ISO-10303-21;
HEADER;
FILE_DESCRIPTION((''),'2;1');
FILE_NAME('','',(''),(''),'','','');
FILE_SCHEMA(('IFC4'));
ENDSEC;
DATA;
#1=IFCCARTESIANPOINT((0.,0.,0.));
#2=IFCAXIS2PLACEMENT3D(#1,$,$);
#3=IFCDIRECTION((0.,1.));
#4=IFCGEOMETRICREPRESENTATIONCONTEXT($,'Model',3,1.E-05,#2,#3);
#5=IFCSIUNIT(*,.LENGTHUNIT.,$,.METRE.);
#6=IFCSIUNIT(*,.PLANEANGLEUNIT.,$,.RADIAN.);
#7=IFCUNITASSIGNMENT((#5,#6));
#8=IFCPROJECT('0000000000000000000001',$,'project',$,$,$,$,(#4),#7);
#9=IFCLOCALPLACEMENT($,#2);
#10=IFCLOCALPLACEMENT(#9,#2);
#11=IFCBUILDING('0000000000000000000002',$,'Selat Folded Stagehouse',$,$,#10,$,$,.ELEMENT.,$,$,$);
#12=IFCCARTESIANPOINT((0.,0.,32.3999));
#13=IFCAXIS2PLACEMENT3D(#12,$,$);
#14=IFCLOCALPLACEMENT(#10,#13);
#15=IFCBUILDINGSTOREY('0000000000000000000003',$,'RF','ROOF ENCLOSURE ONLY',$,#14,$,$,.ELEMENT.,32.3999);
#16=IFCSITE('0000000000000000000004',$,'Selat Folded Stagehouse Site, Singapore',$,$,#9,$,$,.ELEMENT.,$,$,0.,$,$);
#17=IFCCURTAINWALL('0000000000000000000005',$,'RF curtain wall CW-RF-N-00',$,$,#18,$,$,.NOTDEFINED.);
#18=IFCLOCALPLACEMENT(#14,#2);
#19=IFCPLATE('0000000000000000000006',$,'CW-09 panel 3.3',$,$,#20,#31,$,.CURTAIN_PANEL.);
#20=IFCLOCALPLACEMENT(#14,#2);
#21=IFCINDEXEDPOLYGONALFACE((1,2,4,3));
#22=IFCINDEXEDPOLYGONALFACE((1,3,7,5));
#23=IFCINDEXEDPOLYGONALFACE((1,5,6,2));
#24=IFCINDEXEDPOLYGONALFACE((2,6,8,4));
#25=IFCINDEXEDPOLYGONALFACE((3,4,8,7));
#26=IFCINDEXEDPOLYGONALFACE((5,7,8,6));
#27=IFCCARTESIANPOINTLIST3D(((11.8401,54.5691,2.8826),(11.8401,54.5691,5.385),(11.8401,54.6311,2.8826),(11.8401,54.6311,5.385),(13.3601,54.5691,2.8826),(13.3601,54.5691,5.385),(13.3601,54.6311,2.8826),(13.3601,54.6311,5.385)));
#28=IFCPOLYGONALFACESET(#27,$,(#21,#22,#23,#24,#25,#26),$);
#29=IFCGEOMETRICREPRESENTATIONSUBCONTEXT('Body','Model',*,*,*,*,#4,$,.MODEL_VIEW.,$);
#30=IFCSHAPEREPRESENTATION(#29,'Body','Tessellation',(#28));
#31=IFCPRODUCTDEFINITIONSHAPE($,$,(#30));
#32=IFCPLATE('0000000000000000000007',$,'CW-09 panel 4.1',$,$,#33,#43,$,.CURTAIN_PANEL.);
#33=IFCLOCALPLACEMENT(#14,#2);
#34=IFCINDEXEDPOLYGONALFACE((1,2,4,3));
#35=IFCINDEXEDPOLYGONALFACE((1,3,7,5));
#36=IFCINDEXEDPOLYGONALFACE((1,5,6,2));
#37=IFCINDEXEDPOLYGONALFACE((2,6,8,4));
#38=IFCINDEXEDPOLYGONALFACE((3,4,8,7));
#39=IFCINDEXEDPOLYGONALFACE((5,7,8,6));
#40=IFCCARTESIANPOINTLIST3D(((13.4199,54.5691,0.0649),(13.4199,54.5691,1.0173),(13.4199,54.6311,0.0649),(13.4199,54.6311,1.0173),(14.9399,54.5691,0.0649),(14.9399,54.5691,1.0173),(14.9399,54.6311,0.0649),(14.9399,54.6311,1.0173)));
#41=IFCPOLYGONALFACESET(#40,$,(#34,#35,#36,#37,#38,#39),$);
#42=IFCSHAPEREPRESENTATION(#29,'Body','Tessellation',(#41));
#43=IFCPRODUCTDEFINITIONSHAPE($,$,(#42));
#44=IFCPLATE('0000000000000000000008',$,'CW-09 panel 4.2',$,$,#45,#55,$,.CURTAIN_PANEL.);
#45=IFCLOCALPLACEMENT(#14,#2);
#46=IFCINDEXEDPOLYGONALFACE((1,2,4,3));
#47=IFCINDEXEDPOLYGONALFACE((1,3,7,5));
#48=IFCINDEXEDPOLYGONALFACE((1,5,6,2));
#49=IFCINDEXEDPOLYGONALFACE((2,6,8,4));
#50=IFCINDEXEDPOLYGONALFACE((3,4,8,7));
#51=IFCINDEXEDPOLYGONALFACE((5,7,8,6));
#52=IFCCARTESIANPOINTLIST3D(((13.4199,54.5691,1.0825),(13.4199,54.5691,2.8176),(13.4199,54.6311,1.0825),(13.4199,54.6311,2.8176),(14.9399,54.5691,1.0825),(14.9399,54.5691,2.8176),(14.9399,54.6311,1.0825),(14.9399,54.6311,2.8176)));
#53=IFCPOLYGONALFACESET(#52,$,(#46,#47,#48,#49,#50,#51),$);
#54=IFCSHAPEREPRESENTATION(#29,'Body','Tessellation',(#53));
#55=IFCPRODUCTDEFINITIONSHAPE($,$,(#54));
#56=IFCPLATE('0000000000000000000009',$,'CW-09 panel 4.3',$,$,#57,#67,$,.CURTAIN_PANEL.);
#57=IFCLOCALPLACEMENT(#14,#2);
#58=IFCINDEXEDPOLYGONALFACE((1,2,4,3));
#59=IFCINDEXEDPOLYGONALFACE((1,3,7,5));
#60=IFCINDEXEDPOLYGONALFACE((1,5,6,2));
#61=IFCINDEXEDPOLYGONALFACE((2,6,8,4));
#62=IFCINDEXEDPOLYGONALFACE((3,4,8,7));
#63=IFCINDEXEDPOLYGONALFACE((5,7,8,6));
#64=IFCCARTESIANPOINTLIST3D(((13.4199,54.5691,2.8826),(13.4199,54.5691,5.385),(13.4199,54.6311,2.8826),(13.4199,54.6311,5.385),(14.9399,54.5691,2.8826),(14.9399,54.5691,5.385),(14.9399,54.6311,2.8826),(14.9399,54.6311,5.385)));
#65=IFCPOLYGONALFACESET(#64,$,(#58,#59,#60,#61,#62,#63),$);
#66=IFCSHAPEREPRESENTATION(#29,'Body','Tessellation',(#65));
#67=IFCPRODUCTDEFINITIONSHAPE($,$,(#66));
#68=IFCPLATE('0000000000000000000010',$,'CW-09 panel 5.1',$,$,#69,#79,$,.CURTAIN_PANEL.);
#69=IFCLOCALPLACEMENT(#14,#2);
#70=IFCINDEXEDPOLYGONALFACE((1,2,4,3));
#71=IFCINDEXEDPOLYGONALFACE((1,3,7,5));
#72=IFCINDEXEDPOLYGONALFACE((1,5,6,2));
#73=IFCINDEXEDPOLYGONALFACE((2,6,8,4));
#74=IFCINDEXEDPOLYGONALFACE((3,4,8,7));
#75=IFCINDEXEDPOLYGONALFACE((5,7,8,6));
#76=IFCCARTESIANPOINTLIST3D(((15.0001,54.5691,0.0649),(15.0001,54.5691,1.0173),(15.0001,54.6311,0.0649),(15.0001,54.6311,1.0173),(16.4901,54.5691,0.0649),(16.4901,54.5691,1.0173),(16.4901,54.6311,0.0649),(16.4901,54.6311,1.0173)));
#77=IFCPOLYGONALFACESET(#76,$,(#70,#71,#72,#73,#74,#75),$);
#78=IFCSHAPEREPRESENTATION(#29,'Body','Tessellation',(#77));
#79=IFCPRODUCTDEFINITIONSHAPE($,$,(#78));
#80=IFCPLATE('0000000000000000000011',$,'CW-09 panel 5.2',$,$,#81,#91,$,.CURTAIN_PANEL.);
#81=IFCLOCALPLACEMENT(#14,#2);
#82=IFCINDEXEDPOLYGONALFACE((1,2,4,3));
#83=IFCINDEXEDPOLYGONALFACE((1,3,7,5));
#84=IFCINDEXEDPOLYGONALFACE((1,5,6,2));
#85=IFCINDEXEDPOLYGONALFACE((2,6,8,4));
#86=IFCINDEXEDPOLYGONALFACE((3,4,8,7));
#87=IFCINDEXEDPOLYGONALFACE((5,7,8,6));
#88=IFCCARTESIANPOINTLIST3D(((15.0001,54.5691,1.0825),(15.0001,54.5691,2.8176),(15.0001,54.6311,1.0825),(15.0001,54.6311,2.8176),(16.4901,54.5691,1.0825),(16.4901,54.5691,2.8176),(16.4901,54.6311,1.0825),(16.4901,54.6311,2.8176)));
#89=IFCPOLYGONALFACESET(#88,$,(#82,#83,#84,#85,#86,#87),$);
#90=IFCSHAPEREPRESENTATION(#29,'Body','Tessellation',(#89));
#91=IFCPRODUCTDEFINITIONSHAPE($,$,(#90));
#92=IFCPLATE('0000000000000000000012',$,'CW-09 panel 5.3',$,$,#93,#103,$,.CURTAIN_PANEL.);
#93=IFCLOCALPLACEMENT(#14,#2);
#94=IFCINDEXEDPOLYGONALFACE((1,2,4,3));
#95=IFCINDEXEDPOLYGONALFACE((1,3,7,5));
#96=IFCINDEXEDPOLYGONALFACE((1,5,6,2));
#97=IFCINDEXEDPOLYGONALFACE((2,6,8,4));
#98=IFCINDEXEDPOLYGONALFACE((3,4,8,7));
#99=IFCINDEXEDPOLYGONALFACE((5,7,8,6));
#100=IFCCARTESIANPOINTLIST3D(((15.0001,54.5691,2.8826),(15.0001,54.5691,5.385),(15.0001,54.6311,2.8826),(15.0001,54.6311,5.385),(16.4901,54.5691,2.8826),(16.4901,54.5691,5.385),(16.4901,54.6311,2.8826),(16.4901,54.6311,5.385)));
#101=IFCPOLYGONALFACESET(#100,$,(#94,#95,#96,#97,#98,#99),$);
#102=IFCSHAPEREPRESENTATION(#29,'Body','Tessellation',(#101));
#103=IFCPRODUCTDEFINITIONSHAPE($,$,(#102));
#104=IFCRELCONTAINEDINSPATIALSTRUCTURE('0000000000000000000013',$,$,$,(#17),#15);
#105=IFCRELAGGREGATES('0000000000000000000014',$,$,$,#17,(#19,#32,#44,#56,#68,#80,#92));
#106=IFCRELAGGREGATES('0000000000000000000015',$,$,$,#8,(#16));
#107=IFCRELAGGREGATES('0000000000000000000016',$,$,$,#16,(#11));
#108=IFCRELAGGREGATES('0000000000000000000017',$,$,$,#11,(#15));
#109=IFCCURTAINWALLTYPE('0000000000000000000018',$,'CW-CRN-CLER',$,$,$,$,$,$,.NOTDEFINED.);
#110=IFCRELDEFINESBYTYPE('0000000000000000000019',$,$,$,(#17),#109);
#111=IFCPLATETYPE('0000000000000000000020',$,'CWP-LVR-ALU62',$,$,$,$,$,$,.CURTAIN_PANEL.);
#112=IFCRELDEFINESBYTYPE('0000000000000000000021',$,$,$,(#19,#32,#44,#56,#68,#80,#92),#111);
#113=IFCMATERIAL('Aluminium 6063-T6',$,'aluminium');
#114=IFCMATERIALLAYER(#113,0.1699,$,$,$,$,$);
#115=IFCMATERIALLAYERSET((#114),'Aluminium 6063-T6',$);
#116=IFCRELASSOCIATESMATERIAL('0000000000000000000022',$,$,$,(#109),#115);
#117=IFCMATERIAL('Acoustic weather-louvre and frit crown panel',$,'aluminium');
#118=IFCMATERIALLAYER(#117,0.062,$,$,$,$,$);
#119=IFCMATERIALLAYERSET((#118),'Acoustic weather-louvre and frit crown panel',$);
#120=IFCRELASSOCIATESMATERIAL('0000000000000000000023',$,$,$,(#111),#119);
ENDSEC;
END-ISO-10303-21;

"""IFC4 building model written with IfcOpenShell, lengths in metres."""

from ifc_helpers import new_model, si_unit, direction, frame, origin, origin_2d, place, context, subcontext, project, spatial, rectangle, extrude, material, layer, layer_set, type_object, element, aggregate, save


model = new_model("IFC4")

# Units and contexts
model_context = context("Model", 3, precision=1e-05, world=origin(), true_north=direction((0.0, 1.0)))
body_context = subcontext(model_context, "Body", "Model", "MODEL_VIEW")
ifc_project = project(units=[si_unit("LENGTHUNIT", "METRE"), si_unit("PLANEANGLEUNIT", "RADIAN")], contexts=[model_context])

# Site, building, storey
site_placement = place(None, origin())
site = spatial("IfcSite", under=ifc_project, at=site_placement, Name="Selat Folded Stagehouse Site, Singapore", CompositionType="ELEMENT", RefElevation=0.0)
building_placement = place(site_placement, origin())
building = spatial("IfcBuilding", under=site, at=building_placement, Name="Selat Folded Stagehouse", CompositionType="ELEMENT")
storey_placement = place(building_placement, frame((0.0, 0.0, 32.3999)))
storey = spatial("IfcBuildingStorey", under=building, at=storey_placement, Name="RF", Description="ROOF ENCLOSURE ONLY", CompositionType="ELEMENT", Elevation=32.3999)

# Curtain wall
ifc_material_1 = material(Name="Aluminium 6063-T6", Category="aluminium")
ifc_layer_1 = layer(ifc_material_1, 0.1699)
ifc_layer_set_1 = layer_set([ifc_layer_1], Name="Aluminium 6063-T6")
curtain_wall_type = type_object("IfcCurtainWallType", Name="CW-CRN-CLER", PredefinedType="NOTDEFINED", material=ifc_layer_set_1)
curtain_wall_placement = place(storey_placement, origin())
curtain_wall = element("IfcCurtainWall", 1, at=curtain_wall_placement, inside=storey, type_object=curtain_wall_type, Name="RF curtain wall CW-RF-N-00", PredefinedType="NOTDEFINED")

# Plates
ifc_material_2 = material(Name="Acoustic weather-louvre and frit crown panel", Category="aluminium")
ifc_layer_2 = layer(ifc_material_2, 0.062)
ifc_layer_set_2 = layer_set([ifc_layer_2], Name="Acoustic weather-louvre and frit crown panel")
plate_type = type_object("IfcPlateType", Name="CWP-LVR-ALU62", PredefinedType="CURTAIN_PANEL", material=ifc_layer_set_2)
plate_1_placement = place(storey_placement, frame((12.6001, 54.6001, 2.8826), z_axis=(0.0, 0.0, 1.0), x_axis=(1.0, 0.0, 0.0)))
plate_1 = element("IfcPlate", 2, at=plate_1_placement, type_object=plate_type, Name="CW-09 panel 3.3", PredefinedType="CURTAIN_PANEL", context=body_context, shape_type="SweptSolid", body=[
    extrude(rectangle(XDim=1.52, YDim=0.062, at=origin_2d()), origin(), (0.0, 0.0, 1.0), 2.5024),
])
plate_2_placement = place(storey_placement, frame((14.1799, 54.6001, 0.0649), z_axis=(0.0, 0.0, 1.0), x_axis=(1.0, 0.0, 0.0)))
plate_2 = element("IfcPlate", 3, at=plate_2_placement, type_object=plate_type, Name="CW-09 panel 4.1", PredefinedType="CURTAIN_PANEL", context=body_context, shape_type="SweptSolid", body=[
    extrude(rectangle(XDim=1.52, YDim=0.062, at=origin_2d()), origin(), (0.0, 0.0, 1.0), 0.9524),
])
plate_3_placement = place(storey_placement, frame((14.1799, 54.6001, 1.0825), z_axis=(0.0, 0.0, 1.0), x_axis=(1.0, 0.0, 0.0)))
plate_3 = element("IfcPlate", 4, at=plate_3_placement, type_object=plate_type, Name="CW-09 panel 4.2", PredefinedType="CURTAIN_PANEL", context=body_context, shape_type="SweptSolid", body=[
    extrude(rectangle(XDim=1.52, YDim=0.062, at=origin_2d()), origin(), (0.0, 0.0, 1.0), 1.7351),
])
plate_4_placement = place(storey_placement, frame((14.1799, 54.6001, 2.8826), z_axis=(0.0, 0.0, 1.0), x_axis=(1.0, 0.0, 0.0)))
plate_4 = element("IfcPlate", 5, at=plate_4_placement, type_object=plate_type, Name="CW-09 panel 4.3", PredefinedType="CURTAIN_PANEL", context=body_context, shape_type="SweptSolid", body=[
    extrude(rectangle(XDim=1.52, YDim=0.062, at=origin_2d()), origin(), (0.0, 0.0, 1.0), 2.5024),
])
plate_5_placement = place(storey_placement, frame((15.7451, 54.6001, 0.0649), z_axis=(0.0, 0.0, 1.0), x_axis=(1.0, 0.0, 0.0)))
plate_5 = element("IfcPlate", 6, at=plate_5_placement, type_object=plate_type, Name="CW-09 panel 5.1", PredefinedType="CURTAIN_PANEL", context=body_context, shape_type="SweptSolid", body=[
    extrude(rectangle(XDim=1.49, YDim=0.062, at=origin_2d()), origin(), (0.0, 0.0, 1.0), 0.9524),
])
plate_6_placement = place(storey_placement, frame((15.7451, 54.6001, 1.0825), z_axis=(0.0, 0.0, 1.0), x_axis=(1.0, 0.0, 0.0)))
plate_6 = element("IfcPlate", 7, at=plate_6_placement, type_object=plate_type, Name="CW-09 panel 5.2", PredefinedType="CURTAIN_PANEL", context=body_context, shape_type="SweptSolid", body=[
    extrude(rectangle(XDim=1.49, YDim=0.062, at=origin_2d()), origin(), (0.0, 0.0, 1.0), 1.7351),
])
plate_7_placement = place(storey_placement, frame((15.7451, 54.6001, 2.8826), z_axis=(0.0, 0.0, 1.0), x_axis=(1.0, 0.0, 0.0)))
plate_7 = element("IfcPlate", 8, at=plate_7_placement, type_object=plate_type, Name="CW-09 panel 5.3", PredefinedType="CURTAIN_PANEL", context=body_context, shape_type="SweptSolid", body=[
    extrude(rectangle(XDim=1.49, YDim=0.062, at=origin_2d()), origin(), (0.0, 0.0, 1.0), 2.5024),
])
aggregate(curtain_wall, [plate_1, plate_2, plate_3, plate_4, plate_5, plate_6, plate_7])

save(model, "model.ifc")
